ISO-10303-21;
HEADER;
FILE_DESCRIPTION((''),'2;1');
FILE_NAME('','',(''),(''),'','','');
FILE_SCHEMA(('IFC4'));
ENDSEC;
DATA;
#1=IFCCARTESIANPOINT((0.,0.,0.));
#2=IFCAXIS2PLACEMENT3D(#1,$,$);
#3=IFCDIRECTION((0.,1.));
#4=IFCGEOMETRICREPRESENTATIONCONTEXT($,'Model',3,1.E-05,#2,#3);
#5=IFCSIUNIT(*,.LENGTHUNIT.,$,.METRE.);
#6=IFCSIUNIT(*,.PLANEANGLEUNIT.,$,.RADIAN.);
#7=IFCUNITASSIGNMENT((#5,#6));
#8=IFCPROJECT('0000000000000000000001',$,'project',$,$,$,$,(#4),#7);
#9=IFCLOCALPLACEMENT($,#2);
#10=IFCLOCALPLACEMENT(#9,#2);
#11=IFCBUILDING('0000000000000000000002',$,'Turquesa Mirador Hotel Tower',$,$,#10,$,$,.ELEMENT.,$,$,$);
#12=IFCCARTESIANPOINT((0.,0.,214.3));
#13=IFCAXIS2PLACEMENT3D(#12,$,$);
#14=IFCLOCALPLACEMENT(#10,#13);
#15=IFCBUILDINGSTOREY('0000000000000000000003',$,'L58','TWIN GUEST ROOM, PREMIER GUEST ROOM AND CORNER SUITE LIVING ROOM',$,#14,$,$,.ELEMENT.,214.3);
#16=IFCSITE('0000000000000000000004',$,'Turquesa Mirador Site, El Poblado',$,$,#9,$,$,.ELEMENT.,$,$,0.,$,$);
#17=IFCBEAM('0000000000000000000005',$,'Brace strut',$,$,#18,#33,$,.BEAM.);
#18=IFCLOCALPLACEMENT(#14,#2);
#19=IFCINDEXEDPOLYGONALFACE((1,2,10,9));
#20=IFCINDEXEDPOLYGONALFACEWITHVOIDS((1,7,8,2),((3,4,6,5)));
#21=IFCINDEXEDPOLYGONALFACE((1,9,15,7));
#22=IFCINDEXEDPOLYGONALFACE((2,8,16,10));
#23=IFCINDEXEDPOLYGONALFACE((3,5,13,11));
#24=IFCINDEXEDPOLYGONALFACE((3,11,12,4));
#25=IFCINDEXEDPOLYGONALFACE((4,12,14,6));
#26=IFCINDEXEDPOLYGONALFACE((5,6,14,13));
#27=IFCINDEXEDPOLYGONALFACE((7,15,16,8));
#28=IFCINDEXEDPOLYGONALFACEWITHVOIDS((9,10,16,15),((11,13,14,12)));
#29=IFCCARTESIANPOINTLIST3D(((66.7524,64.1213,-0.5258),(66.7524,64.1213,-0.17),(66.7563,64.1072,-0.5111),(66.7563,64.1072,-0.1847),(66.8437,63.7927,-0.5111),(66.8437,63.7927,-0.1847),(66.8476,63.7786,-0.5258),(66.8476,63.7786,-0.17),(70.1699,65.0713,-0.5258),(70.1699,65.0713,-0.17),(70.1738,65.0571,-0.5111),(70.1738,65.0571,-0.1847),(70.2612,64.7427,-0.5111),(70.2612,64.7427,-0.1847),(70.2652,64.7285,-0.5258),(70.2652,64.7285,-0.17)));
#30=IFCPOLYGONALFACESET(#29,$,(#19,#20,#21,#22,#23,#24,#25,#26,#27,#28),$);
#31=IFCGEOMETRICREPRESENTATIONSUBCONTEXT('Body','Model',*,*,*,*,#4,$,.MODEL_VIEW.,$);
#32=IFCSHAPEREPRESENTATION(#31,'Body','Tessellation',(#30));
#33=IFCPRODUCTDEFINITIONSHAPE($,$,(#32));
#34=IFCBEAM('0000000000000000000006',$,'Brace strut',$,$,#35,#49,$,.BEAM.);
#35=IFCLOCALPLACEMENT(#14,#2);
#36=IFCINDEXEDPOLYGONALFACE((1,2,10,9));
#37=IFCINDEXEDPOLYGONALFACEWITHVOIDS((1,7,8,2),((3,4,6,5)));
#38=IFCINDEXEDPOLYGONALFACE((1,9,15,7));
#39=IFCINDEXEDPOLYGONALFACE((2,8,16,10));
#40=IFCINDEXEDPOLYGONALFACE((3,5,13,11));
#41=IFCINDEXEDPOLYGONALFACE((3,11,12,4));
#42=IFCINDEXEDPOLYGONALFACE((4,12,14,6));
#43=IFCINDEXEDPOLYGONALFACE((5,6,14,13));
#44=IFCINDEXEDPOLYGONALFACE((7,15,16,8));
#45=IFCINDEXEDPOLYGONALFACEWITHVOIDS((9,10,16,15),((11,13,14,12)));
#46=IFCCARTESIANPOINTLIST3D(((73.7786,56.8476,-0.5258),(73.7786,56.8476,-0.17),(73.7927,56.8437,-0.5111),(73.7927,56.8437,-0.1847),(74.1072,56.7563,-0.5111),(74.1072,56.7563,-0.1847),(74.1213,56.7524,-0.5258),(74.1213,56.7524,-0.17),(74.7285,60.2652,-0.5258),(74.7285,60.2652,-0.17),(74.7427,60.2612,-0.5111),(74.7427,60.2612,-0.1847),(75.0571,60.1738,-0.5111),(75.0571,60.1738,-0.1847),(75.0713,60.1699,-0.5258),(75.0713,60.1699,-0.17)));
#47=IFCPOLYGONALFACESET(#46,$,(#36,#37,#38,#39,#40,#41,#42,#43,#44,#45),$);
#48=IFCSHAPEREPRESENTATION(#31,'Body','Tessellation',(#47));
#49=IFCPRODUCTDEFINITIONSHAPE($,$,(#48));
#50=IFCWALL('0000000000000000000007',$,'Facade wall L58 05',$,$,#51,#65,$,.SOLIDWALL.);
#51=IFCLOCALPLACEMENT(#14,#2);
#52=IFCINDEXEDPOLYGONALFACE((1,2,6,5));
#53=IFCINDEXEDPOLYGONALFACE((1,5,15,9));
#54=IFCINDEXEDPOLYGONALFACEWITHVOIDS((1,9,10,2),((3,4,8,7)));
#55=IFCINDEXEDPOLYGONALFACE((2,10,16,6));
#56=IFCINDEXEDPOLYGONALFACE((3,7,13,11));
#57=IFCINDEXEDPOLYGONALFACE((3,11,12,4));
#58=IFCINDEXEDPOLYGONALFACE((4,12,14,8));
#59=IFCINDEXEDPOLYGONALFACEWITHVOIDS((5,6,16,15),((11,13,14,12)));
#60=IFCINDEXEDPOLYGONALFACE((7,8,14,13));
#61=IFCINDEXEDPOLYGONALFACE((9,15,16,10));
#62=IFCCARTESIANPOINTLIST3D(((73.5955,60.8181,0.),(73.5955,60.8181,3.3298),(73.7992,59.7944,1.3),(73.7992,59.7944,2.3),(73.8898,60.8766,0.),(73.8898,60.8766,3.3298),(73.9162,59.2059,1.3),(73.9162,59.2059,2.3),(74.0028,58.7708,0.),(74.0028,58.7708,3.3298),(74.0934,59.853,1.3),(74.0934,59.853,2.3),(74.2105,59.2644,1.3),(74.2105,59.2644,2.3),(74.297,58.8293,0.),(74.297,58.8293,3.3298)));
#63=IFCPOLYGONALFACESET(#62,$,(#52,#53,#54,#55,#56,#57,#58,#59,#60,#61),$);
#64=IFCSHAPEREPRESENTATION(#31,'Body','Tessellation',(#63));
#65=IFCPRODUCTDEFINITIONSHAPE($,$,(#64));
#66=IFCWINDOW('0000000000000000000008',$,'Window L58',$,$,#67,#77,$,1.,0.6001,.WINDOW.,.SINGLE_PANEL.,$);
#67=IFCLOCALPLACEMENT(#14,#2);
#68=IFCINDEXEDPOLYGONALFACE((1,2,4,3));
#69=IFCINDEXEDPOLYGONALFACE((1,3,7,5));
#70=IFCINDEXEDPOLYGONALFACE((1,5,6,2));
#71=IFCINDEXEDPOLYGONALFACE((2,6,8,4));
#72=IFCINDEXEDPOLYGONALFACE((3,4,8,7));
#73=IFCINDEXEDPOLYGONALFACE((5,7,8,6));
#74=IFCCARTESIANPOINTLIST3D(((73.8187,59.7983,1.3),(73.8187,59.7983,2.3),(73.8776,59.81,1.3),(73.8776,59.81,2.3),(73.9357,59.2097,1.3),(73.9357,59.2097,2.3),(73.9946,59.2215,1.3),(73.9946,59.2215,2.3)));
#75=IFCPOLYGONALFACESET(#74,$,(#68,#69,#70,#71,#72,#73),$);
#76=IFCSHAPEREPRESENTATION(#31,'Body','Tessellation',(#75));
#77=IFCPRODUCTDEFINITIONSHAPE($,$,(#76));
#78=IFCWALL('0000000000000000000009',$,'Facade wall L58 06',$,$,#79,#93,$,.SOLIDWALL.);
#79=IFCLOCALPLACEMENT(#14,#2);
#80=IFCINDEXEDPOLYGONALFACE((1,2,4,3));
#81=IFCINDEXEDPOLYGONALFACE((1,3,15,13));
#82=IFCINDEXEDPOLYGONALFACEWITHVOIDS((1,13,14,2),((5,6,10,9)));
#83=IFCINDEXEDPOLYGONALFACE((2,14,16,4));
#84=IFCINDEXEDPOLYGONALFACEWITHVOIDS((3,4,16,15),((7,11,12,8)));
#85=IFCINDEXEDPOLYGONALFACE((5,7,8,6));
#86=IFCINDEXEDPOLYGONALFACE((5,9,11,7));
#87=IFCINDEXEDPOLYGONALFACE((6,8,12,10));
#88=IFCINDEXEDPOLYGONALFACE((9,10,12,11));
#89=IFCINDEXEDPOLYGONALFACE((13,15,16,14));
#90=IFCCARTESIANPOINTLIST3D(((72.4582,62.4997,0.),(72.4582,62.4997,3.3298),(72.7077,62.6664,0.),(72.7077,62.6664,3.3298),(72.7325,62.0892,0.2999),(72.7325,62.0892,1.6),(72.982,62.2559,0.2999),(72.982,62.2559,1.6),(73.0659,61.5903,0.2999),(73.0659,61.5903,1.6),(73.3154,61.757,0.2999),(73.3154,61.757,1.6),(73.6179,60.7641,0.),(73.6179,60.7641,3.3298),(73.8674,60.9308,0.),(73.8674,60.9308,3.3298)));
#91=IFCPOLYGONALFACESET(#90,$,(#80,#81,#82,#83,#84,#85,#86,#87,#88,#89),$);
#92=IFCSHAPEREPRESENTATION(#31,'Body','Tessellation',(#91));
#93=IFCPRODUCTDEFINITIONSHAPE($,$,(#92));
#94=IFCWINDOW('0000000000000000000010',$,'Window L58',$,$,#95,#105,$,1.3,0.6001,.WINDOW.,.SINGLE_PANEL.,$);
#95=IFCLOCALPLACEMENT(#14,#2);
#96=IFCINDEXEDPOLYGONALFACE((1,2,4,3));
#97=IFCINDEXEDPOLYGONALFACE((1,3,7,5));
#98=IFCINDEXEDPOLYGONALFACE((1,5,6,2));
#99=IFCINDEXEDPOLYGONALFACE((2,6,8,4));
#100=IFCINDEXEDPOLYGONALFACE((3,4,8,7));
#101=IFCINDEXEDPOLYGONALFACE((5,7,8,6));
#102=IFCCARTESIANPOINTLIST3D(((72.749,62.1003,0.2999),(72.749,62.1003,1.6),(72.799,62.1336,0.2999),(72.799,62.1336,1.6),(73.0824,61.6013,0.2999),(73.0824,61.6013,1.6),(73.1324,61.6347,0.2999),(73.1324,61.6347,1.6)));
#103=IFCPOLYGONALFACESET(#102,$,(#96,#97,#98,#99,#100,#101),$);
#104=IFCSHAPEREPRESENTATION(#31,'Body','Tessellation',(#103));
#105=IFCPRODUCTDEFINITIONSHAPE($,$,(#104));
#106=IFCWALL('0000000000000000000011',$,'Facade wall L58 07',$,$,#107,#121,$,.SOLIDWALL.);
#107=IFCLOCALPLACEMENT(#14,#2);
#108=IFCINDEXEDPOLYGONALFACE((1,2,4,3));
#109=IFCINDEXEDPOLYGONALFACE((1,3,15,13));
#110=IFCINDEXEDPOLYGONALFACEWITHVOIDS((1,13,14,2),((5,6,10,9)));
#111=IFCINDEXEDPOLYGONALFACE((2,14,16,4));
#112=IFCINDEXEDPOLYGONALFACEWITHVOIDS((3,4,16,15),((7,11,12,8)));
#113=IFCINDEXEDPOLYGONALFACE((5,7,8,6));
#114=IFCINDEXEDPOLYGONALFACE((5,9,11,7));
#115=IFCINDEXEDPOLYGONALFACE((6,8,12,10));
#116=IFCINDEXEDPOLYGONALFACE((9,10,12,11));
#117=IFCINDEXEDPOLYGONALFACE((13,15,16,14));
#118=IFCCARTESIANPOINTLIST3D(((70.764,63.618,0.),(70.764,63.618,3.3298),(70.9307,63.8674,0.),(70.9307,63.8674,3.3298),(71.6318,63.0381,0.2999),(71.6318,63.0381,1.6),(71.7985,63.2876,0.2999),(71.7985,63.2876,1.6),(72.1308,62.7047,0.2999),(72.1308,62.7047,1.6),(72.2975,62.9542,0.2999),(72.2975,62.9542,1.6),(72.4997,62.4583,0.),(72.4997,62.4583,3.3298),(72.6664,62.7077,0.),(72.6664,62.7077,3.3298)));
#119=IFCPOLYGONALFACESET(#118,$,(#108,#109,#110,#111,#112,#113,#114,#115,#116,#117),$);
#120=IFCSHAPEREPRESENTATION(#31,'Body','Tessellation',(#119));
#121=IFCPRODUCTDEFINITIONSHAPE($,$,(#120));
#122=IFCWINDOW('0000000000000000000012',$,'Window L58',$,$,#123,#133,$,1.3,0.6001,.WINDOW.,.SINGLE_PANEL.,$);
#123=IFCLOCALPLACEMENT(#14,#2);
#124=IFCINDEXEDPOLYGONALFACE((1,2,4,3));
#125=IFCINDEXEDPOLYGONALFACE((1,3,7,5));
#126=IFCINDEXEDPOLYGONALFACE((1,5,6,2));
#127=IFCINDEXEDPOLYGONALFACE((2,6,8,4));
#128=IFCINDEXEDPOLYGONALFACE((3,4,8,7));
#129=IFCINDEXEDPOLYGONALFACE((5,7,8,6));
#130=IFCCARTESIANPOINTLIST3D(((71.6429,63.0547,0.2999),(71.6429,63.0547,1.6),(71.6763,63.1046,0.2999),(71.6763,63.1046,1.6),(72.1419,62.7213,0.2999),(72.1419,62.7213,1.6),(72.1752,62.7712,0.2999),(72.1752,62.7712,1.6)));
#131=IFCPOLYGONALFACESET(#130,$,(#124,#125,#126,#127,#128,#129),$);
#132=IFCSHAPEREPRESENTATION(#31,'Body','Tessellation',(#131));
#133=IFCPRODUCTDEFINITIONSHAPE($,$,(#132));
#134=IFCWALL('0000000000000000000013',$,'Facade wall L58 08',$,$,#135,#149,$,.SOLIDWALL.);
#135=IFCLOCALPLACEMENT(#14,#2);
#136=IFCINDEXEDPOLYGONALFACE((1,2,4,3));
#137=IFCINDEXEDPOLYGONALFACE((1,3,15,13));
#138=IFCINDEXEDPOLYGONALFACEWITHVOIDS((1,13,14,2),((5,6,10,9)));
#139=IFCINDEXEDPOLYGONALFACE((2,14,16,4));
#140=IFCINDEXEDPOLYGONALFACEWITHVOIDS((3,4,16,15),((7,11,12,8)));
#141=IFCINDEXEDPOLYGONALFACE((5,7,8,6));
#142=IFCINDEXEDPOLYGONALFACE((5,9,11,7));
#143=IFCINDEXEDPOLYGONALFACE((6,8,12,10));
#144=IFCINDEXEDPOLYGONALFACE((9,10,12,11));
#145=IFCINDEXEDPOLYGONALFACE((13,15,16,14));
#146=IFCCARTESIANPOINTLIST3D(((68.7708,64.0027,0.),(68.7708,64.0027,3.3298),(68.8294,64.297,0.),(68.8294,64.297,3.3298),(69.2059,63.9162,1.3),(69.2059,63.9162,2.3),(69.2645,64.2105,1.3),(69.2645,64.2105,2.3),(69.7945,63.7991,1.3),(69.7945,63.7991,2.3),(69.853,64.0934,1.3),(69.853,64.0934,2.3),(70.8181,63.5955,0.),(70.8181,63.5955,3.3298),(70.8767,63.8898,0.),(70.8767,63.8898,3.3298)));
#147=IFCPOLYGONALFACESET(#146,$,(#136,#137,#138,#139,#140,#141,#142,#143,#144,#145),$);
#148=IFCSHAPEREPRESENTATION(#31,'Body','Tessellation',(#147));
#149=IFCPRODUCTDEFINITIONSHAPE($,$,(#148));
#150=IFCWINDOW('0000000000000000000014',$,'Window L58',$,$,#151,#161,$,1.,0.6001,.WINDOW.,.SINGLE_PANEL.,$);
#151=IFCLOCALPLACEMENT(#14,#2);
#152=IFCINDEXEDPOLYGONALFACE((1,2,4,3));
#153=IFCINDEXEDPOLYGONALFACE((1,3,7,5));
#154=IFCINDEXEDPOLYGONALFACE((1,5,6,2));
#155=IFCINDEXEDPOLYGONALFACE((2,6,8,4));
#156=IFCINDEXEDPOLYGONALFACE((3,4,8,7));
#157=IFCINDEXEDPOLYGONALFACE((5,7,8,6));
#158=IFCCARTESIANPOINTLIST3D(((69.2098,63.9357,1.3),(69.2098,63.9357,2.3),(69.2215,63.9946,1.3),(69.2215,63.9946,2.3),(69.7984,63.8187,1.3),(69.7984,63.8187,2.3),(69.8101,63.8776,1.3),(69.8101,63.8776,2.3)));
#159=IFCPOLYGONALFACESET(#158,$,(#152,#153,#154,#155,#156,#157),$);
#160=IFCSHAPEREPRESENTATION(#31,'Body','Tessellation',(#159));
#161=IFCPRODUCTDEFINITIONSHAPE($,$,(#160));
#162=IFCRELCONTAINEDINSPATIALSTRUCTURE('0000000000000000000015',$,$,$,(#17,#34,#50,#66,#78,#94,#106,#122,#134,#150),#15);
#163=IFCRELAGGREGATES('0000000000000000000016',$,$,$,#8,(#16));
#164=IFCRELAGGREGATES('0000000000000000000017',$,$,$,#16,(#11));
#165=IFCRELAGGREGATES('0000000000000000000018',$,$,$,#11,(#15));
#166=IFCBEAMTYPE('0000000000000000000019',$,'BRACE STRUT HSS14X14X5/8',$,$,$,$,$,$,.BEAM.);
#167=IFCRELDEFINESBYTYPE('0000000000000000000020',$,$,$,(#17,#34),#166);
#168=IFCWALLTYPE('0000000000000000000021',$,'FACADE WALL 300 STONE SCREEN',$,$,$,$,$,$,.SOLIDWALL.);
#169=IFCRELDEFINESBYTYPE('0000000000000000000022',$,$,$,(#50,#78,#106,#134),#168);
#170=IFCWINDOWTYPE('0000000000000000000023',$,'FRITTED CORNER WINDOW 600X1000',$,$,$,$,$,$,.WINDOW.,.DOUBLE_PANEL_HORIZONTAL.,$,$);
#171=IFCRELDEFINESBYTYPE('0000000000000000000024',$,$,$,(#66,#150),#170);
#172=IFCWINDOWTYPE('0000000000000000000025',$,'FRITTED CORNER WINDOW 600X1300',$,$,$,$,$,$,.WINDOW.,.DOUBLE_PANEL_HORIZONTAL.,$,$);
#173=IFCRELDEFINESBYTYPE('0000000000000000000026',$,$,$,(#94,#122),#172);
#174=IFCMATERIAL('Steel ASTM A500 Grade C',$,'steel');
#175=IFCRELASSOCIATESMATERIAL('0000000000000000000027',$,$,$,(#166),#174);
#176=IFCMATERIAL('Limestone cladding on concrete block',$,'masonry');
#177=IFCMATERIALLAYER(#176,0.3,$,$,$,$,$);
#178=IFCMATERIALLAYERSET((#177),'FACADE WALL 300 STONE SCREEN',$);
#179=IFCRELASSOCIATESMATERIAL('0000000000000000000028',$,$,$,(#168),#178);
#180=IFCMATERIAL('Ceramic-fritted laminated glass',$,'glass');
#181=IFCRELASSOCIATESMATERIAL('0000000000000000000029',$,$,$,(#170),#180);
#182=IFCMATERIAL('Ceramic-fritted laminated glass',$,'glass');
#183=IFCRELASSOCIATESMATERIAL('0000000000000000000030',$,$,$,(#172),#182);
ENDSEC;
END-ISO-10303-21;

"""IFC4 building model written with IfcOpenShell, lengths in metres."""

from ifc_helpers import new_model, si_unit, direction, frame, frame_2d, origin, origin_2d, place, context, subcontext, project, spatial, rectangle, hollow_rectangle, extrude, material, layer, layer_set, material_profile, profile_set, type_object, element, fill, save


model = new_model("IFC4")

# Units and contexts
model_context = context("Model", 3, precision=1e-05, world=origin(), true_north=direction((0.0, 1.0)))
body_context = subcontext(model_context, "Body", "Model", "MODEL_VIEW")
ifc_project = project(units=[si_unit("LENGTHUNIT", "METRE"), si_unit("PLANEANGLEUNIT", "RADIAN")], contexts=[model_context])

# Site, building, storey
site_placement = place(None, origin())
site = spatial("IfcSite", under=ifc_project, at=site_placement, Name="Turquesa Mirador Site, El Poblado", CompositionType="ELEMENT", RefElevation=0.0)
building_placement = place(site_placement, origin())
building = spatial("IfcBuilding", under=site, at=building_placement, Name="Turquesa Mirador Hotel Tower", CompositionType="ELEMENT")
storey_placement = place(building_placement, frame((0.0, 0.0, 214.3)))
storey = spatial("IfcBuildingStorey", under=building, at=storey_placement, Name="L58", Description="TWIN GUEST ROOM, PREMIER GUEST ROOM AND CORNER SUITE LIVING ROOM", CompositionType="ELEMENT", Elevation=214.3)

# Beams
ifc_material_1 = material(Name="Steel ASTM A500 Grade C", Category="steel")
ifc_material_profile_1 = material_profile(ifc_material_1, hollow_rectangle(XDim=0.3557, YDim=0.3557, WallThickness=0.0146, at=origin_2d()), Name="HSS14X14X5/8")
ifc_profile_set_1 = profile_set([ifc_material_profile_1], Name="Steel ASTM A500 Grade C")
beam_type_1 = type_object("IfcBeamType", Name="BRACE STRUT HSS14X14X5/8", PredefinedType="BEAM", material=ifc_profile_set_1)
for number, where, z_axis, x_axis, name in (
    (1, (70.2175, 64.8999, -0.3479), (-0.963471, -0.267814, 0.0), (0.267814, -0.963471, 0.0), "Brace strut"),
    (2, (74.8999, 60.2175, -0.3479), (-0.267814, -0.963471, 0.0), (0.963471, -0.267814, 0.0), "Brace strut"),
):
    element("IfcBeam", number, at=place(storey_placement, frame(where, z_axis=z_axis, x_axis=x_axis)), inside=storey, type_object=beam_type_1, Name=name, PredefinedType="BEAM", context=body_context, shape_type="SweptSolid", body=[
        extrude(hollow_rectangle(XDim=0.3557, YDim=0.3557, WallThickness=0.0146, at=origin_2d()), origin(), (0.0, 0.0, 1.0), 3.5471),
    ])

# Walls, openings, windows
ifc_material_2 = material(Name="Limestone cladding on concrete block", Category="masonry")
ifc_layer_1 = layer(ifc_material_2, 0.3)
ifc_layer_set_1 = layer_set([ifc_layer_1], Name="FACADE WALL 300 STONE SCREEN")
wall_type_1 = type_object("IfcWallType", Name="FACADE WALL 300 STONE SCREEN", PredefinedType="SOLIDWALL", material=ifc_layer_set_1)
wall_1_placement = place(storey_placement, frame((74.1499, 58.8, 0.0), z_axis=(0.0, 0.0, 1.0), x_axis=(-0.195081, 0.980787, 0.0)))
wall_1 = element("IfcWall", 3, at=wall_1_placement, inside=storey, type_object=wall_type_1, Name="Facade wall L58 05", PredefinedType="SOLIDWALL", context=body_context, shape_type="SweptSolid", body=[
    extrude(rectangle(XDim=2.0874, YDim=0.3, at=frame_2d((1.0437, 0.0))), origin(), (0.0, 0.0, 1.0), 3.3298),
])
opening_1_placement = place(wall_1_placement, frame((0.4436, 0.0, 1.3)))
opening_1 = element("IfcOpeningElement", 4, at=opening_1_placement, cuts=wall_1, PredefinedType="OPENING", context=body_context, shape_type="SweptSolid", body=[
    extrude(rectangle(XDim=0.6001, YDim=1.0, at=frame_2d((0.3, 0.5))), frame((0.0, 0.1599, 0.0), z_axis=(0.0, -1.0, 0.0), x_axis=(1.0, 0.0, 0.0)), (0.0, 0.0, 1.0), 0.3201),
])
ifc_material_3 = material(Name="Ceramic-fritted laminated glass", Category="glass")
window_type_1 = type_object("IfcWindowType", Name="FRITTED CORNER WINDOW 600X1000", PartitioningType="DOUBLE_PANEL_HORIZONTAL", PredefinedType="WINDOW", material=ifc_material_3)
window_1_placement = place(opening_1_placement, origin())
window_1 = element("IfcWindow", 5, at=window_1_placement, inside=storey, type_object=window_type_1, Name="Window L58", OverallHeight=1.0, OverallWidth=0.6001, PartitioningType="SINGLE_PANEL", PredefinedType="WINDOW", context=body_context, shape_type="SweptSolid", body=[
    extrude(rectangle(XDim=0.6001, YDim=1.0, at=frame_2d((0.3, 0.5))), frame((0.0, 0.1301, 0.0), z_axis=(0.0, -1.0, 0.0), x_axis=(1.0, 0.0, 0.0)), (0.0, 0.0, 1.0), 0.0601),
])
fill(opening_1, window_1)
wall_2_placement = place(storey_placement, frame((73.7427, 60.8474, 0.0), z_axis=(0.0, 0.0, 1.0), x_axis=(-0.555564, 0.831474, 0.0)))
wall_2 = element("IfcWall", 6, at=wall_2_placement, inside=storey, type_object=wall_type_1, Name="Facade wall L58 06", PredefinedType="SOLIDWALL", context=body_context, shape_type="SweptSolid", body=[
    extrude(rectangle(XDim=2.0874, YDim=0.3, at=frame_2d((1.0437, 0.0))), origin(), (0.0, 0.0, 1.0), 3.3298),
])
opening_2_placement = place(wall_2_placement, frame((0.9937, 0.0, 0.3)))
opening_2 = element("IfcOpeningElement", 7, at=opening_2_placement, cuts=wall_2, PredefinedType="OPENING", context=body_context, shape_type="SweptSolid", body=[
    extrude(rectangle(XDim=0.6001, YDim=1.3, at=frame_2d((0.3, 0.6499))), frame((0.0, 0.1599, 0.0), z_axis=(0.0, -1.0, 0.0), x_axis=(1.0, 0.0, 0.0)), (0.0, 0.0, 1.0), 0.3201),
])
ifc_material_4 = material(Name="Ceramic-fritted laminated glass", Category="glass")
window_type_2 = type_object("IfcWindowType", Name="FRITTED CORNER WINDOW 600X1300", PartitioningType="DOUBLE_PANEL_HORIZONTAL", PredefinedType="WINDOW", material=ifc_material_4)
window_2_placement = place(opening_2_placement, origin())
window_2 = element("IfcWindow", 8, at=window_2_placement, inside=storey, type_object=window_type_2, Name="Window L58", OverallHeight=1.3, OverallWidth=0.6001, PartitioningType="SINGLE_PANEL", PredefinedType="WINDOW", context=body_context, shape_type="SweptSolid", body=[
    extrude(rectangle(XDim=0.6001, YDim=1.3, at=frame_2d((0.3, 0.6499))), frame((0.0, 0.1301, 0.0), z_axis=(0.0, -1.0, 0.0), x_axis=(1.0, 0.0, 0.0)), (0.0, 0.0, 1.0), 0.0601),
])
fill(opening_2, window_2)
wall_3_placement = place(storey_placement, frame((72.583, 62.583, 0.0), z_axis=(0.0, 0.0, 1.0), x_axis=(-0.831474, 0.555564, 0.0)))
wall_3 = element("IfcWall", 9, at=wall_3_placement, inside=storey, type_object=wall_type_1, Name="Facade wall L58 07", PredefinedType="SOLIDWALL", context=body_context, shape_type="SweptSolid", body=[
    extrude(rectangle(XDim=2.0874, YDim=0.3, at=frame_2d((1.0437, 0.0))), origin(), (0.0, 0.0, 1.0), 3.3298),
])
opening_3_placement = place(wall_3_placement, frame((0.4436, 0.0, 0.3)))
opening_3 = element("IfcOpeningElement", 10, at=opening_3_placement, cuts=wall_3, PredefinedType="OPENING", context=body_context, shape_type="SweptSolid", body=[
    extrude(rectangle(XDim=0.6001, YDim=1.3, at=frame_2d((0.3, 0.6499))), frame((0.0, 0.1599, 0.0), z_axis=(0.0, -1.0, 0.0), x_axis=(1.0, 0.0, 0.0)), (0.0, 0.0, 1.0), 0.3201),
])
window_3_placement = place(opening_3_placement, origin())
window_3 = element("IfcWindow", 11, at=window_3_placement, inside=storey, type_object=window_type_2, Name="Window L58", OverallHeight=1.3, OverallWidth=0.6001, PartitioningType="SINGLE_PANEL", PredefinedType="WINDOW", context=body_context, shape_type="SweptSolid", body=[
    extrude(rectangle(XDim=0.6001, YDim=1.3, at=frame_2d((0.3, 0.6499))), frame((0.0, 0.1301, 0.0), z_axis=(0.0, -1.0, 0.0), x_axis=(1.0, 0.0, 0.0)), (0.0, 0.0, 1.0), 0.0601),
])
fill(opening_3, window_3)
wall_4_placement = place(storey_placement, frame((70.8474, 63.7427, 0.0), z_axis=(0.0, 0.0, 1.0), x_axis=(-0.980787, 0.195081, 0.0)))
wall_4 = element("IfcWall", 12, at=wall_4_placement, inside=storey, type_object=wall_type_1, Name="Facade wall L58 08", PredefinedType="SOLIDWALL", context=body_context, shape_type="SweptSolid", body=[
    extrude(rectangle(XDim=2.0874, YDim=0.3, at=frame_2d((1.0437, 0.0))), origin(), (0.0, 0.0, 1.0), 3.3298),
])
opening_4_placement = place(wall_4_placement, frame((1.0437, 0.0, 1.3)))
opening_4 = element("IfcOpeningElement", 13, at=opening_4_placement, cuts=wall_4, PredefinedType="OPENING", context=body_context, shape_type="SweptSolid", body=[
    extrude(rectangle(XDim=0.6001, YDim=1.0, at=frame_2d((0.3, 0.5))), frame((0.0, 0.1599, 0.0), z_axis=(0.0, -1.0, 0.0), x_axis=(1.0, 0.0, 0.0)), (0.0, 0.0, 1.0), 0.3201),
])
window_4_placement = place(opening_4_placement, origin())
window_4 = element("IfcWindow", 14, at=window_4_placement, inside=storey, type_object=window_type_1, Name="Window L58", OverallHeight=1.0, OverallWidth=0.6001, PartitioningType="SINGLE_PANEL", PredefinedType="WINDOW", context=body_context, shape_type="SweptSolid", body=[
    extrude(rectangle(XDim=0.6001, YDim=1.0, at=frame_2d((0.3, 0.5))), frame((0.0, 0.1301, 0.0), z_axis=(0.0, -1.0, 0.0), x_axis=(1.0, 0.0, 0.0)), (0.0, 0.0, 1.0), 0.0601),
])
fill(opening_4, window_4)

save(model, "model.ifc")
